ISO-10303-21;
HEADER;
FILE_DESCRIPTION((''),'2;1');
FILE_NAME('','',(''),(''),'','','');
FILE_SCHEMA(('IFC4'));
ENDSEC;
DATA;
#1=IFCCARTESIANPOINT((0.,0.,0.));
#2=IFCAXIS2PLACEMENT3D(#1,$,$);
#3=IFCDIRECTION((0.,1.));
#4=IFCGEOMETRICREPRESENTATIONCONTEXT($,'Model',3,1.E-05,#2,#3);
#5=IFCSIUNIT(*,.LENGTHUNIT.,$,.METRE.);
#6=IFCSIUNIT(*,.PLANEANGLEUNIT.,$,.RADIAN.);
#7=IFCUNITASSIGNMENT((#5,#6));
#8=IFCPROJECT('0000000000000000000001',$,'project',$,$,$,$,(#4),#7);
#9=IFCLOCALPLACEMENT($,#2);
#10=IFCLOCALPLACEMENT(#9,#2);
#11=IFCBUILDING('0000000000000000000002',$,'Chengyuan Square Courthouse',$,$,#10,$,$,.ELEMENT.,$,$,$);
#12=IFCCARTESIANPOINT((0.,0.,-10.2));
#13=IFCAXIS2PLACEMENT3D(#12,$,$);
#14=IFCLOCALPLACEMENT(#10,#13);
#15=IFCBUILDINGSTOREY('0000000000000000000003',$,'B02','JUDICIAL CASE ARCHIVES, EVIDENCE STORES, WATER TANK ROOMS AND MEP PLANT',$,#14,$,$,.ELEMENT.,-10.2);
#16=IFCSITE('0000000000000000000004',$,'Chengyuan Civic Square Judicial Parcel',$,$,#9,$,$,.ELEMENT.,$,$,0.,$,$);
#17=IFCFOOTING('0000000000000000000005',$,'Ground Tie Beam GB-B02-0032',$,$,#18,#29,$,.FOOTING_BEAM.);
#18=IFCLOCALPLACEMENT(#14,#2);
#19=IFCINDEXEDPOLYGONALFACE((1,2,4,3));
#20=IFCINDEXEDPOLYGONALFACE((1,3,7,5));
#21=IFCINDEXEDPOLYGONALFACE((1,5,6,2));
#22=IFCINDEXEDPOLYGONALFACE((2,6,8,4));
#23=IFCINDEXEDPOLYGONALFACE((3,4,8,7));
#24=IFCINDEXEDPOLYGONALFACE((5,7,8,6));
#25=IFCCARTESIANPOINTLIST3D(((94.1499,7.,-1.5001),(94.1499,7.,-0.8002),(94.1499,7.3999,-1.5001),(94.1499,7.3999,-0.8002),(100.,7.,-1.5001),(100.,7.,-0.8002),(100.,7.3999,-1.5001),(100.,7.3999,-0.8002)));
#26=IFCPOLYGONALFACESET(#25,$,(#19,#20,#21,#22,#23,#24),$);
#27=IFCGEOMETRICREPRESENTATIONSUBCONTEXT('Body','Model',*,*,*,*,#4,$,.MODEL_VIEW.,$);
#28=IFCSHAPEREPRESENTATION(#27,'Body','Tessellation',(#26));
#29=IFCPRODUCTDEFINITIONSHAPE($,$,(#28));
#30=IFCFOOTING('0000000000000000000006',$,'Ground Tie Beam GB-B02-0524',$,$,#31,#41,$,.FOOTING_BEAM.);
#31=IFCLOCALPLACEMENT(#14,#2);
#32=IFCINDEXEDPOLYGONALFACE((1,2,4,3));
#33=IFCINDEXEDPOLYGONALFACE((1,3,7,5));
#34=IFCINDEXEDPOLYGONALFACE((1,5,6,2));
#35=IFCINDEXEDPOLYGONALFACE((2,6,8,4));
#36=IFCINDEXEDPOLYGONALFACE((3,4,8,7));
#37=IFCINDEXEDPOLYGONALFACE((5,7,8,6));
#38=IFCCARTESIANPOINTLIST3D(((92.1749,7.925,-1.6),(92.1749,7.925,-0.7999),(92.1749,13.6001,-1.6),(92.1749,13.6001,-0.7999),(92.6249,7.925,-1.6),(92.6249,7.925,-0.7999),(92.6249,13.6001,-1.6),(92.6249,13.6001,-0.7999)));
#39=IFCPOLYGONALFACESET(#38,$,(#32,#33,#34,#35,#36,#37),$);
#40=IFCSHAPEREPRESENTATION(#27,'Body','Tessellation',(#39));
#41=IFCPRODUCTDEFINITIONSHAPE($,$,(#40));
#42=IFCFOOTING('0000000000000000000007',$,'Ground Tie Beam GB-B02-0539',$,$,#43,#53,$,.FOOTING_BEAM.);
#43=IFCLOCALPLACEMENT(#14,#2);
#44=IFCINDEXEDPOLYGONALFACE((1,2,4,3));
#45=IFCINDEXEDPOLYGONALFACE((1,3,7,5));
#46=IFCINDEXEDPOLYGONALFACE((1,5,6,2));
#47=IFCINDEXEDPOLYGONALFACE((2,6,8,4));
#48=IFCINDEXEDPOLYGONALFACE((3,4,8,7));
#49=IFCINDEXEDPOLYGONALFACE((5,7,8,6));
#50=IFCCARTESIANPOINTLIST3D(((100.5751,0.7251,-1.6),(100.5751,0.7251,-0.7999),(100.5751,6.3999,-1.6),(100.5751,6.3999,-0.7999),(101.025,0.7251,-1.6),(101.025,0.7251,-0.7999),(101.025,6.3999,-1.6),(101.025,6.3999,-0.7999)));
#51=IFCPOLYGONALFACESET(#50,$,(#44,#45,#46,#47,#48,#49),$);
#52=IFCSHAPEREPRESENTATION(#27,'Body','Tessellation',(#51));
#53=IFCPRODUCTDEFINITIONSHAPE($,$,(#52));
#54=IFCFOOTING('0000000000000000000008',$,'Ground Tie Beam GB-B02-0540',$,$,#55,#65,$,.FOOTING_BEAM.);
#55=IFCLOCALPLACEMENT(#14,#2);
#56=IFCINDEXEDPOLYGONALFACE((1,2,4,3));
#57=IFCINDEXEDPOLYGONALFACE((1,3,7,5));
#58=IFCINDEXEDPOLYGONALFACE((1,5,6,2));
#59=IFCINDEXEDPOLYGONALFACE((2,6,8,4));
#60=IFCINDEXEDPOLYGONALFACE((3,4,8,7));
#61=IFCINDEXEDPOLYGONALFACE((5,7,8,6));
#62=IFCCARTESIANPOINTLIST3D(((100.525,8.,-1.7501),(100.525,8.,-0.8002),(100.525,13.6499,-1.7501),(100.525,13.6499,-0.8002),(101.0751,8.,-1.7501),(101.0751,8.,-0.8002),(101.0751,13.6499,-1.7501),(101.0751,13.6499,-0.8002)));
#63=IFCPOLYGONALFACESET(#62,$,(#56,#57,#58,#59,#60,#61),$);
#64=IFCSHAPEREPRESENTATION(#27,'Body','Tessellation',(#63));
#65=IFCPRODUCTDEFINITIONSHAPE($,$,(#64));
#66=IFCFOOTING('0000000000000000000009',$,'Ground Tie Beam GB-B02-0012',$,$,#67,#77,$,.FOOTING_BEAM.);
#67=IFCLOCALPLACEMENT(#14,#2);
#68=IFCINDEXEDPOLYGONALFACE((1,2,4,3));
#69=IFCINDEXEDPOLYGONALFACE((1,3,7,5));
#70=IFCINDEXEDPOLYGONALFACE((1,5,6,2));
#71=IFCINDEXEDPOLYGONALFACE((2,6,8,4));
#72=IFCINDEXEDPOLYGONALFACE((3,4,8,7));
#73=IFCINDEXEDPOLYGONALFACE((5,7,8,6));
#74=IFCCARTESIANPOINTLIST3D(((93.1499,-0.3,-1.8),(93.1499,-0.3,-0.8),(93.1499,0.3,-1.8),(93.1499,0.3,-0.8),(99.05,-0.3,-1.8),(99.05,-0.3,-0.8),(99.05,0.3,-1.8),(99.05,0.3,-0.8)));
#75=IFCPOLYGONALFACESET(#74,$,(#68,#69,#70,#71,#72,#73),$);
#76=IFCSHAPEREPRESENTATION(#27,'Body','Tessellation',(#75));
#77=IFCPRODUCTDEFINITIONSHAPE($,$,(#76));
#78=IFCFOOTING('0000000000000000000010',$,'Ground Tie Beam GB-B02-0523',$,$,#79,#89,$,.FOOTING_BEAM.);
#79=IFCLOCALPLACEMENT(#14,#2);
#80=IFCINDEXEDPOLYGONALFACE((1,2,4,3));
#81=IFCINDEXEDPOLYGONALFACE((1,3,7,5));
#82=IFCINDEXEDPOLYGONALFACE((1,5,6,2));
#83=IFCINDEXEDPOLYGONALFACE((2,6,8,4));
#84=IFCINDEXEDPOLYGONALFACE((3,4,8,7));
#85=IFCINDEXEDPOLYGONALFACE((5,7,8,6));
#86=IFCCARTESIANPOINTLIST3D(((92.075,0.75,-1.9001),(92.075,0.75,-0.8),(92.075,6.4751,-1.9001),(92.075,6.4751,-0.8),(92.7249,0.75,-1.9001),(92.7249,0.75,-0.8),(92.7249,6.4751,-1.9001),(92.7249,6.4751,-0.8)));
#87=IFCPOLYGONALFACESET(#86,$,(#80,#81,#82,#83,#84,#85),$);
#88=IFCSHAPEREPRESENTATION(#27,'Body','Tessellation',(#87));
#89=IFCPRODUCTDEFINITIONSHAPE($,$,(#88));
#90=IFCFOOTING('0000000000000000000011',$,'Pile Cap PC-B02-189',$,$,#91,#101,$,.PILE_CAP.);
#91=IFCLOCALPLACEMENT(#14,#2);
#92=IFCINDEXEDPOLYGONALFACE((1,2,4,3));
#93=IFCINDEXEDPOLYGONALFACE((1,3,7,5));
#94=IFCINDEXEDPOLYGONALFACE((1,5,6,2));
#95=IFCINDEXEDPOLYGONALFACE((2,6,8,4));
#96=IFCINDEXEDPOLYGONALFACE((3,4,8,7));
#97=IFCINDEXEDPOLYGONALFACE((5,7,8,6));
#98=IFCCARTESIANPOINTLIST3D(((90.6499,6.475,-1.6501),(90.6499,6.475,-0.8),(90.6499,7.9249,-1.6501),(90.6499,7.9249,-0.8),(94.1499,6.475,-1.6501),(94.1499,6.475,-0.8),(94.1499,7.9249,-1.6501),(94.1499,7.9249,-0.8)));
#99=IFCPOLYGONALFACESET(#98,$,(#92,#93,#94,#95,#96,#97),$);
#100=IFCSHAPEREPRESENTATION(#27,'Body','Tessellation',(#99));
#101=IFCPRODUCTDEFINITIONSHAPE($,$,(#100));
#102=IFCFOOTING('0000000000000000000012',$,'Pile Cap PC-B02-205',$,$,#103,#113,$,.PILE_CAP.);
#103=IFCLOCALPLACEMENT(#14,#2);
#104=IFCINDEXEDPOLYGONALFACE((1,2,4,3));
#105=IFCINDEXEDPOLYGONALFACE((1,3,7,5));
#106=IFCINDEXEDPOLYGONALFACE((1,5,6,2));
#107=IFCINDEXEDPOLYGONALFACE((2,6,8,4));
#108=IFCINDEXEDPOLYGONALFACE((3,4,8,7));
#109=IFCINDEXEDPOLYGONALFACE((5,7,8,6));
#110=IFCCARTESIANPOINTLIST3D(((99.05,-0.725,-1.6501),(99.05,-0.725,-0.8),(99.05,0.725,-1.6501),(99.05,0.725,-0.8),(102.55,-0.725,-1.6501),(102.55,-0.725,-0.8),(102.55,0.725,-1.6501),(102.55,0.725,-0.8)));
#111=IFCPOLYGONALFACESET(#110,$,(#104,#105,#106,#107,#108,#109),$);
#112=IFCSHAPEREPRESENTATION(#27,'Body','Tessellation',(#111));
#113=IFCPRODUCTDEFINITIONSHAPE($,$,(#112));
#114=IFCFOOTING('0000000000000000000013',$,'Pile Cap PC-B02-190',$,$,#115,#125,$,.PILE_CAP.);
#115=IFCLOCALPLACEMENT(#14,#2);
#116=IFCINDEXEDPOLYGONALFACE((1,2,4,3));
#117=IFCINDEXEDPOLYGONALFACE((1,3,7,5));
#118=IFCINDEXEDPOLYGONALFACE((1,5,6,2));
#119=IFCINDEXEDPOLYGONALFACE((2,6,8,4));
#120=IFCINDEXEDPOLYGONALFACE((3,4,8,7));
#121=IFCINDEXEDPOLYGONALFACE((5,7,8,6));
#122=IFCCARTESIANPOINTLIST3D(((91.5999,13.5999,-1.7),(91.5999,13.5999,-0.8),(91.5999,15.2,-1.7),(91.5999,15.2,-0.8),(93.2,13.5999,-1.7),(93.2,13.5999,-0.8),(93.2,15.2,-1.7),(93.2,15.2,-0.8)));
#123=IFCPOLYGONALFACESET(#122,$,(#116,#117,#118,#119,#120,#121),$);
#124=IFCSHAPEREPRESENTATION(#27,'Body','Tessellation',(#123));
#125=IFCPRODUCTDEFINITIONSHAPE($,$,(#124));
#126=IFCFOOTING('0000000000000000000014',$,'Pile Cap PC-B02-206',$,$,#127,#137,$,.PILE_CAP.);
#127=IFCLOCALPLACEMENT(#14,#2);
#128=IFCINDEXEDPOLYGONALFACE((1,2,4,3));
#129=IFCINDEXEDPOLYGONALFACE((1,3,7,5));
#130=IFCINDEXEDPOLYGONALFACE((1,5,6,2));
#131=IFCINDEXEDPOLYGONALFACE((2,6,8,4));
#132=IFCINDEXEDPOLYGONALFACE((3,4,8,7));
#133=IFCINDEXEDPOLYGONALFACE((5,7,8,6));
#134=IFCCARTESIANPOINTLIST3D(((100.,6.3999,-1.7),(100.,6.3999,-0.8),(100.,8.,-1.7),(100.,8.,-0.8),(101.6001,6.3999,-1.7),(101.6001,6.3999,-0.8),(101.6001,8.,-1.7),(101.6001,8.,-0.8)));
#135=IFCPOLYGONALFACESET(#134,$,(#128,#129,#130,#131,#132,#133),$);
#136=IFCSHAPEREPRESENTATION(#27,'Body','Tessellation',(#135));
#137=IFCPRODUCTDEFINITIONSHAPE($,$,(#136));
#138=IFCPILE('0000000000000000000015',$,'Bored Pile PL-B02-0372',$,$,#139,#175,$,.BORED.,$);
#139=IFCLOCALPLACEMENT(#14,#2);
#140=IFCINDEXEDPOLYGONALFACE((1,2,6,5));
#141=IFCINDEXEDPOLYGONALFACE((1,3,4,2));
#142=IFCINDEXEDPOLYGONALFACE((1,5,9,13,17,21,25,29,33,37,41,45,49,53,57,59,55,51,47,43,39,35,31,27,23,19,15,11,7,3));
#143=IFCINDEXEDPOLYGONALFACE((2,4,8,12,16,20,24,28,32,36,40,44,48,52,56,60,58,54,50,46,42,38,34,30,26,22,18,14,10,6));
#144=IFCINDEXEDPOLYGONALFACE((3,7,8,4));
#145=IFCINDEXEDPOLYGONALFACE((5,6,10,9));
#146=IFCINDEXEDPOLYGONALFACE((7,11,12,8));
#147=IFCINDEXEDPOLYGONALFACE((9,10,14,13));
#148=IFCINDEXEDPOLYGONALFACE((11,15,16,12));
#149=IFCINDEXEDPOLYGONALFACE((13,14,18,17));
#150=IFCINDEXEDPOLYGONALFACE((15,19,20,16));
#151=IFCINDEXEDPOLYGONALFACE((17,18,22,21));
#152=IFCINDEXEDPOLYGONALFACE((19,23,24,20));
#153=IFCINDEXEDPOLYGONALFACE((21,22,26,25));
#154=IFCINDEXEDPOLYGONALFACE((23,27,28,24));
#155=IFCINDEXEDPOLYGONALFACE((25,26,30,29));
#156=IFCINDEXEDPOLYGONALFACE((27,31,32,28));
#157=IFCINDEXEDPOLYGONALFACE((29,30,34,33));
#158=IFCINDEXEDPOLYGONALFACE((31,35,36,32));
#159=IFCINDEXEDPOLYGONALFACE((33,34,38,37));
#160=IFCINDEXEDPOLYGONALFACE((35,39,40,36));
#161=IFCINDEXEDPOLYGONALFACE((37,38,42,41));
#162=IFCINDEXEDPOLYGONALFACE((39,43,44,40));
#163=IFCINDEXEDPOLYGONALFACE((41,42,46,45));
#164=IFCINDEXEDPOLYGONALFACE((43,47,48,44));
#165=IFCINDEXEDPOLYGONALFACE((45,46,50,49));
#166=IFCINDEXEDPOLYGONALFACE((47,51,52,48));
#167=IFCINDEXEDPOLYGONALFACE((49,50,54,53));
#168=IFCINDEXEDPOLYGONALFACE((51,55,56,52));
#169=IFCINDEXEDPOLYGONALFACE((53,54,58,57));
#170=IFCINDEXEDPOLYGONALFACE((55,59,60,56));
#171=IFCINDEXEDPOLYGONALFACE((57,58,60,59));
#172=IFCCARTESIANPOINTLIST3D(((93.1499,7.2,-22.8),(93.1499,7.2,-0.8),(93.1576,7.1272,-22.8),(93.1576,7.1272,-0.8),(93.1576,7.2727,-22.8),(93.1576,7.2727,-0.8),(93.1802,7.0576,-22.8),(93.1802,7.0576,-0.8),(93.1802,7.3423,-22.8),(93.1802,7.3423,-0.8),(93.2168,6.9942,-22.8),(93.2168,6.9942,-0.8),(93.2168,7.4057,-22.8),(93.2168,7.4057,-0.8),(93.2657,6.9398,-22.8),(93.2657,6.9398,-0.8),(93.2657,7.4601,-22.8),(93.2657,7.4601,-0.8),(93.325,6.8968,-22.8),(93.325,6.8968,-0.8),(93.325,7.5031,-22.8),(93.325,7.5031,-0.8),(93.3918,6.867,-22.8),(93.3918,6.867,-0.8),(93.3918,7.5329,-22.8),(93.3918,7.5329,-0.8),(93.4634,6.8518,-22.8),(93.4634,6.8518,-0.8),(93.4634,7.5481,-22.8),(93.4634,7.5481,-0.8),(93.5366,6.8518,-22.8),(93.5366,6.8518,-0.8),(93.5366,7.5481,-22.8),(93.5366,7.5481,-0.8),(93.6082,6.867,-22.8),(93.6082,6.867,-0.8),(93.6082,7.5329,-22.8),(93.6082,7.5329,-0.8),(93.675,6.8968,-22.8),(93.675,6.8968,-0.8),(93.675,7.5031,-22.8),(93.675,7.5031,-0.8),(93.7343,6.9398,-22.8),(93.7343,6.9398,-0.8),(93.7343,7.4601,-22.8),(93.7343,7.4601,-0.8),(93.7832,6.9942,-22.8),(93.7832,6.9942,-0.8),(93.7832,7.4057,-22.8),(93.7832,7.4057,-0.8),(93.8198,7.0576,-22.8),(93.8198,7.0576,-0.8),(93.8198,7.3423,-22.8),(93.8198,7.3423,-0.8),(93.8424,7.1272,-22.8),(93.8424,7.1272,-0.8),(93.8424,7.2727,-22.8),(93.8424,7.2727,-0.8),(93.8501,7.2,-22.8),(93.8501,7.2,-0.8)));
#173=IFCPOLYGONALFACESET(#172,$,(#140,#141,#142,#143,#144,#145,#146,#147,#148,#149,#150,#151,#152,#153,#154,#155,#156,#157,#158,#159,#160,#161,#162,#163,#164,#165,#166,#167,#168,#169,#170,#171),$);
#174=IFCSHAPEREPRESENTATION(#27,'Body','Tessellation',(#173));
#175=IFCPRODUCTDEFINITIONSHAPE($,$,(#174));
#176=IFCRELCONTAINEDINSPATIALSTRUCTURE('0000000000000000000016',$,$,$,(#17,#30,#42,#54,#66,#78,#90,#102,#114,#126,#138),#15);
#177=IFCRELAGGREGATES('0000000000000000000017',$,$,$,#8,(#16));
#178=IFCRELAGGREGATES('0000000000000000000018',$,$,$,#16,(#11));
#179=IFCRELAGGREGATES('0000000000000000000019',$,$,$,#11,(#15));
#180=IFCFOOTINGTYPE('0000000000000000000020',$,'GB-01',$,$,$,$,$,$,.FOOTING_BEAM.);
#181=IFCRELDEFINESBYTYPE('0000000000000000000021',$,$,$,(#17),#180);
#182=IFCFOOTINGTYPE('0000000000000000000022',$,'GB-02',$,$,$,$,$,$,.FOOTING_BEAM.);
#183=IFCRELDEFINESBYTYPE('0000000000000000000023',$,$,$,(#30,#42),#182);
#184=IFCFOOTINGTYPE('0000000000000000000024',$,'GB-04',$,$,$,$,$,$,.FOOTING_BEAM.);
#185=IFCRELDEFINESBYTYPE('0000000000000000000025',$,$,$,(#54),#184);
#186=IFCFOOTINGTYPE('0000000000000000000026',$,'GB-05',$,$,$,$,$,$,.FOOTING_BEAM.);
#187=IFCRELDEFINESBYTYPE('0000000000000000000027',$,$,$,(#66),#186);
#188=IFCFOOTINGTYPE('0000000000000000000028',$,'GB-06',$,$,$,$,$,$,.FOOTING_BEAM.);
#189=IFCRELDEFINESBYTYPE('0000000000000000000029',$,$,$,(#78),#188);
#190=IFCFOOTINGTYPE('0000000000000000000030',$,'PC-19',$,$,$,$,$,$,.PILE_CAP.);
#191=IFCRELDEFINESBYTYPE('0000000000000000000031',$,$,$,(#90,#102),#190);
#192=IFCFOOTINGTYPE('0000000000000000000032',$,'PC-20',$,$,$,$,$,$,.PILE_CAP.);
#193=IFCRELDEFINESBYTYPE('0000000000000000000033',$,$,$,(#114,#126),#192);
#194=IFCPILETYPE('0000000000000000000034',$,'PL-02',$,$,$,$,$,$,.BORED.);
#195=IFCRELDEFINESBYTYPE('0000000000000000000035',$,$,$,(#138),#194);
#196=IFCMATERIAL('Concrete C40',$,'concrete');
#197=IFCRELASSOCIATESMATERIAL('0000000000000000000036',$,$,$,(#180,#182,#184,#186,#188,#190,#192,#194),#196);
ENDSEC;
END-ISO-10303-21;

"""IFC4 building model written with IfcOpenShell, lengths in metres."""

from ifc_helpers import new_model, si_unit, direction, frame, origin, origin_2d, place, context, subcontext, project, spatial, rectangle, circle, extrude, material, material_profile, profile_set, type_object, element, save


model = new_model("IFC4")

# Units and contexts
model_context = context("Model", 3, precision=1e-05, world=origin(), true_north=direction((0.0, 1.0)))
body_context = subcontext(model_context, "Body", "Model", "MODEL_VIEW")
ifc_project = project(units=[si_unit("LENGTHUNIT", "METRE"), si_unit("PLANEANGLEUNIT", "RADIAN")], contexts=[model_context])

# Site, building, storey
site_placement = place(None, origin())
site = spatial("IfcSite", under=ifc_project, at=site_placement, Name="Chengyuan Civic Square Judicial Parcel", CompositionType="ELEMENT", RefElevation=0.0)
building_placement = place(site_placement, origin())
building = spatial("IfcBuilding", under=site, at=building_placement, Name="Chengyuan Square Courthouse", CompositionType="ELEMENT")
storey_placement = place(building_placement, frame((0.0, 0.0, -10.2)))
storey = spatial("IfcBuildingStorey", under=building, at=storey_placement, Name="B02", Description="JUDICIAL CASE ARCHIVES, EVIDENCE STORES, WATER TANK ROOMS AND MEP PLANT", CompositionType="ELEMENT", Elevation=-10.2)

# Footings
ifc_material_1 = material(Name="Concrete C40", Category="concrete")
ifc_material_profile_1 = material_profile(ifc_material_1, rectangle(XDim=0.3999, YDim=0.7, at=origin_2d()), Name="GB-400x700")
ifc_profile_set_1 = profile_set([ifc_material_profile_1], Name="Concrete C40")
footing_type_1 = type_object("IfcFootingType", Name="GB-01", PredefinedType="FOOTING_BEAM", material=ifc_profile_set_1)
footing_1_placement = place(storey_placement, frame((94.1499, 7.2, -1.1501), z_axis=(1.0, 0.0, 0.0), x_axis=(0.0, 1.0, 0.0)))
element("IfcFooting", 1, at=footing_1_placement, inside=storey, type_object=footing_type_1, Name="Ground Tie Beam GB-B02-0032", PredefinedType="FOOTING_BEAM", context=body_context, shape_type="SweptSolid", body=[
    extrude(rectangle(XDim=0.3999, YDim=0.7, at=origin_2d()), origin(), (0.0, 0.0, 1.0), 5.8501),
])
ifc_material_profile_2 = material_profile(ifc_material_1, rectangle(XDim=0.45, YDim=0.8, at=origin_2d()), Name="GB-450x800")
ifc_profile_set_2 = profile_set([ifc_material_profile_2], Name="Concrete C40")
footing_type_2 = type_object("IfcFootingType", Name="GB-02", PredefinedType="FOOTING_BEAM", material=ifc_profile_set_2)
footing_2_placement = place(storey_placement, frame((92.3999, 7.925, -1.2), z_axis=(0.0, 1.0, 0.0), x_axis=(-1.0, 0.0, 0.0)))
element("IfcFooting", 2, at=footing_2_placement, inside=storey, type_object=footing_type_2, Name="Ground Tie Beam GB-B02-0524", PredefinedType="FOOTING_BEAM", context=body_context, shape_type="SweptSolid", body=[
    extrude(rectangle(XDim=0.45, YDim=0.8, at=origin_2d()), origin(), (0.0, 0.0, 1.0), 5.675),
])
footing_3_placement = place(storey_placement, frame((100.8, 0.7251, -1.2), z_axis=(0.0, 1.0, 0.0), x_axis=(-1.0, 0.0, 0.0)))
element("IfcFooting", 3, at=footing_3_placement, inside=storey, type_object=footing_type_2, Name="Ground Tie Beam GB-B02-0539", PredefinedType="FOOTING_BEAM", context=body_context, shape_type="SweptSolid", body=[
    extrude(rectangle(XDim=0.45, YDim=0.8, at=origin_2d()), origin(), (0.0, 0.0, 1.0), 5.6748),
])
ifc_material_profile_3 = material_profile(ifc_material_1, rectangle(XDim=0.55, YDim=0.95, at=origin_2d()), Name="GB-550x950")
ifc_profile_set_3 = profile_set([ifc_material_profile_3], Name="Concrete C40")
footing_type_3 = type_object("IfcFootingType", Name="GB-04", PredefinedType="FOOTING_BEAM", material=ifc_profile_set_3)
footing_4_placement = place(storey_placement, frame((100.8, 8.0, -1.2751), z_axis=(0.0, 1.0, 0.0), x_axis=(-1.0, 0.0, 0.0)))
element("IfcFooting", 4, at=footing_4_placement, inside=storey, type_object=footing_type_3, Name="Ground Tie Beam GB-B02-0540", PredefinedType="FOOTING_BEAM", context=body_context, shape_type="SweptSolid", body=[
    extrude(rectangle(XDim=0.55, YDim=0.95, at=origin_2d()), origin(), (0.0, 0.0, 1.0), 5.6499),
])
ifc_material_profile_4 = material_profile(ifc_material_1, rectangle(XDim=0.6001, YDim=1.0, at=origin_2d()), Name="GB-600x1000")
ifc_profile_set_4 = profile_set([ifc_material_profile_4], Name="Concrete C40")
footing_type_4 = type_object("IfcFootingType", Name="GB-05", PredefinedType="FOOTING_BEAM", material=ifc_profile_set_4)
footing_5_placement = place(storey_placement, frame((93.1499, 0.0, -1.3), z_axis=(1.0, 0.0, 0.0), x_axis=(0.0, 1.0, 0.0)))
element("IfcFooting", 5, at=footing_5_placement, inside=storey, type_object=footing_type_4, Name="Ground Tie Beam GB-B02-0012", PredefinedType="FOOTING_BEAM", context=body_context, shape_type="SweptSolid", body=[
    extrude(rectangle(XDim=0.6001, YDim=1.0, at=origin_2d()), origin(), (0.0, 0.0, 1.0), 5.9001),
])
ifc_material_profile_5 = material_profile(ifc_material_1, rectangle(XDim=0.6499, YDim=1.1001, at=origin_2d()), Name="GB-650x1100")
ifc_profile_set_5 = profile_set([ifc_material_profile_5], Name="Concrete C40")
footing_type_5 = type_object("IfcFootingType", Name="GB-06", PredefinedType="FOOTING_BEAM", material=ifc_profile_set_5)
footing_6_placement = place(storey_placement, frame((92.3999, 0.75, -1.3501), z_axis=(0.0, 1.0, 0.0), x_axis=(-1.0, 0.0, 0.0)))
element("IfcFooting", 6, at=footing_6_placement, inside=storey, type_object=footing_type_5, Name="Ground Tie Beam GB-B02-0523", PredefinedType="FOOTING_BEAM", context=body_context, shape_type="SweptSolid", body=[
    extrude(rectangle(XDim=0.6499, YDim=1.1001, at=origin_2d()), origin(), (0.0, 0.0, 1.0), 5.7251),
])
footing_type_6 = type_object("IfcFootingType", Name="PC-19", PredefinedType="PILE_CAP", material=ifc_material_1)
for number, where, z_axis, x_axis, name in (
    (7, (92.3999, 7.2, -1.6501), (0.0, 0.0, 1.0), (1.0, 0.0, 0.0), "Pile Cap PC-B02-189"),
    (8, (100.8, 0.0, -1.6501), (0.0, 0.0, 1.0), (1.0, 0.0, 0.0), "Pile Cap PC-B02-205"),
):
    element("IfcFooting", number, at=place(storey_placement, frame(where, z_axis=z_axis, x_axis=x_axis)), inside=storey, type_object=footing_type_6, Name=name, PredefinedType="PILE_CAP", context=body_context, shape_type="SweptSolid", body=[
        extrude(rectangle(XDim=3.5, YDim=1.45, at=origin_2d()), origin(), (0.0, 0.0, 1.0), 0.8501),
    ])
footing_type_7 = type_object("IfcFootingType", Name="PC-20", PredefinedType="PILE_CAP", material=ifc_material_1)
for number, where, z_axis, x_axis, name in (
    (9, (92.3999, 14.3999, -1.7), (0.0, 0.0, 1.0), (1.0, 0.0, 0.0), "Pile Cap PC-B02-190"),
    (10, (100.8, 7.2, -1.7), (0.0, 0.0, 1.0), (1.0, 0.0, 0.0), "Pile Cap PC-B02-206"),
):
    element("IfcFooting", number, at=place(storey_placement, frame(where, z_axis=z_axis, x_axis=x_axis)), inside=storey, type_object=footing_type_7, Name=name, PredefinedType="PILE_CAP", context=body_context, shape_type="SweptSolid", body=[
        extrude(rectangle(XDim=1.6001, YDim=1.6001, at=origin_2d()), origin(), (0.0, 0.0, 1.0), 0.8999),
    ])

# Pile
ifc_material_profile_6 = material_profile(ifc_material_1, circle(Radius=0.3501, at=origin_2d()), Name="BORED PILE D700")
ifc_profile_set_6 = profile_set([ifc_material_profile_6], Name="Concrete C40")
pile_type = type_object("IfcPileType", Name="PL-02", PredefinedType="BORED", material=ifc_profile_set_6)
for number, where, z_axis, x_axis, name in (
    (11, (93.5, 7.2, -0.8), (0.0, 0.0, -1.0), (1.0, 0.0, 0.0), "Bored Pile PL-B02-0372"),
):
    element("IfcPile", number, at=place(storey_placement, frame(where, z_axis=z_axis, x_axis=x_axis)), inside=storey, type_object=pile_type, Name=name, PredefinedType="BORED", context=body_context, shape_type="SweptSolid", body=[
        extrude(circle(Radius=0.3501, at=origin_2d()), origin(), (0.0, 0.0, 1.0), 22.0),
    ])

save(model, "model.ifc")
